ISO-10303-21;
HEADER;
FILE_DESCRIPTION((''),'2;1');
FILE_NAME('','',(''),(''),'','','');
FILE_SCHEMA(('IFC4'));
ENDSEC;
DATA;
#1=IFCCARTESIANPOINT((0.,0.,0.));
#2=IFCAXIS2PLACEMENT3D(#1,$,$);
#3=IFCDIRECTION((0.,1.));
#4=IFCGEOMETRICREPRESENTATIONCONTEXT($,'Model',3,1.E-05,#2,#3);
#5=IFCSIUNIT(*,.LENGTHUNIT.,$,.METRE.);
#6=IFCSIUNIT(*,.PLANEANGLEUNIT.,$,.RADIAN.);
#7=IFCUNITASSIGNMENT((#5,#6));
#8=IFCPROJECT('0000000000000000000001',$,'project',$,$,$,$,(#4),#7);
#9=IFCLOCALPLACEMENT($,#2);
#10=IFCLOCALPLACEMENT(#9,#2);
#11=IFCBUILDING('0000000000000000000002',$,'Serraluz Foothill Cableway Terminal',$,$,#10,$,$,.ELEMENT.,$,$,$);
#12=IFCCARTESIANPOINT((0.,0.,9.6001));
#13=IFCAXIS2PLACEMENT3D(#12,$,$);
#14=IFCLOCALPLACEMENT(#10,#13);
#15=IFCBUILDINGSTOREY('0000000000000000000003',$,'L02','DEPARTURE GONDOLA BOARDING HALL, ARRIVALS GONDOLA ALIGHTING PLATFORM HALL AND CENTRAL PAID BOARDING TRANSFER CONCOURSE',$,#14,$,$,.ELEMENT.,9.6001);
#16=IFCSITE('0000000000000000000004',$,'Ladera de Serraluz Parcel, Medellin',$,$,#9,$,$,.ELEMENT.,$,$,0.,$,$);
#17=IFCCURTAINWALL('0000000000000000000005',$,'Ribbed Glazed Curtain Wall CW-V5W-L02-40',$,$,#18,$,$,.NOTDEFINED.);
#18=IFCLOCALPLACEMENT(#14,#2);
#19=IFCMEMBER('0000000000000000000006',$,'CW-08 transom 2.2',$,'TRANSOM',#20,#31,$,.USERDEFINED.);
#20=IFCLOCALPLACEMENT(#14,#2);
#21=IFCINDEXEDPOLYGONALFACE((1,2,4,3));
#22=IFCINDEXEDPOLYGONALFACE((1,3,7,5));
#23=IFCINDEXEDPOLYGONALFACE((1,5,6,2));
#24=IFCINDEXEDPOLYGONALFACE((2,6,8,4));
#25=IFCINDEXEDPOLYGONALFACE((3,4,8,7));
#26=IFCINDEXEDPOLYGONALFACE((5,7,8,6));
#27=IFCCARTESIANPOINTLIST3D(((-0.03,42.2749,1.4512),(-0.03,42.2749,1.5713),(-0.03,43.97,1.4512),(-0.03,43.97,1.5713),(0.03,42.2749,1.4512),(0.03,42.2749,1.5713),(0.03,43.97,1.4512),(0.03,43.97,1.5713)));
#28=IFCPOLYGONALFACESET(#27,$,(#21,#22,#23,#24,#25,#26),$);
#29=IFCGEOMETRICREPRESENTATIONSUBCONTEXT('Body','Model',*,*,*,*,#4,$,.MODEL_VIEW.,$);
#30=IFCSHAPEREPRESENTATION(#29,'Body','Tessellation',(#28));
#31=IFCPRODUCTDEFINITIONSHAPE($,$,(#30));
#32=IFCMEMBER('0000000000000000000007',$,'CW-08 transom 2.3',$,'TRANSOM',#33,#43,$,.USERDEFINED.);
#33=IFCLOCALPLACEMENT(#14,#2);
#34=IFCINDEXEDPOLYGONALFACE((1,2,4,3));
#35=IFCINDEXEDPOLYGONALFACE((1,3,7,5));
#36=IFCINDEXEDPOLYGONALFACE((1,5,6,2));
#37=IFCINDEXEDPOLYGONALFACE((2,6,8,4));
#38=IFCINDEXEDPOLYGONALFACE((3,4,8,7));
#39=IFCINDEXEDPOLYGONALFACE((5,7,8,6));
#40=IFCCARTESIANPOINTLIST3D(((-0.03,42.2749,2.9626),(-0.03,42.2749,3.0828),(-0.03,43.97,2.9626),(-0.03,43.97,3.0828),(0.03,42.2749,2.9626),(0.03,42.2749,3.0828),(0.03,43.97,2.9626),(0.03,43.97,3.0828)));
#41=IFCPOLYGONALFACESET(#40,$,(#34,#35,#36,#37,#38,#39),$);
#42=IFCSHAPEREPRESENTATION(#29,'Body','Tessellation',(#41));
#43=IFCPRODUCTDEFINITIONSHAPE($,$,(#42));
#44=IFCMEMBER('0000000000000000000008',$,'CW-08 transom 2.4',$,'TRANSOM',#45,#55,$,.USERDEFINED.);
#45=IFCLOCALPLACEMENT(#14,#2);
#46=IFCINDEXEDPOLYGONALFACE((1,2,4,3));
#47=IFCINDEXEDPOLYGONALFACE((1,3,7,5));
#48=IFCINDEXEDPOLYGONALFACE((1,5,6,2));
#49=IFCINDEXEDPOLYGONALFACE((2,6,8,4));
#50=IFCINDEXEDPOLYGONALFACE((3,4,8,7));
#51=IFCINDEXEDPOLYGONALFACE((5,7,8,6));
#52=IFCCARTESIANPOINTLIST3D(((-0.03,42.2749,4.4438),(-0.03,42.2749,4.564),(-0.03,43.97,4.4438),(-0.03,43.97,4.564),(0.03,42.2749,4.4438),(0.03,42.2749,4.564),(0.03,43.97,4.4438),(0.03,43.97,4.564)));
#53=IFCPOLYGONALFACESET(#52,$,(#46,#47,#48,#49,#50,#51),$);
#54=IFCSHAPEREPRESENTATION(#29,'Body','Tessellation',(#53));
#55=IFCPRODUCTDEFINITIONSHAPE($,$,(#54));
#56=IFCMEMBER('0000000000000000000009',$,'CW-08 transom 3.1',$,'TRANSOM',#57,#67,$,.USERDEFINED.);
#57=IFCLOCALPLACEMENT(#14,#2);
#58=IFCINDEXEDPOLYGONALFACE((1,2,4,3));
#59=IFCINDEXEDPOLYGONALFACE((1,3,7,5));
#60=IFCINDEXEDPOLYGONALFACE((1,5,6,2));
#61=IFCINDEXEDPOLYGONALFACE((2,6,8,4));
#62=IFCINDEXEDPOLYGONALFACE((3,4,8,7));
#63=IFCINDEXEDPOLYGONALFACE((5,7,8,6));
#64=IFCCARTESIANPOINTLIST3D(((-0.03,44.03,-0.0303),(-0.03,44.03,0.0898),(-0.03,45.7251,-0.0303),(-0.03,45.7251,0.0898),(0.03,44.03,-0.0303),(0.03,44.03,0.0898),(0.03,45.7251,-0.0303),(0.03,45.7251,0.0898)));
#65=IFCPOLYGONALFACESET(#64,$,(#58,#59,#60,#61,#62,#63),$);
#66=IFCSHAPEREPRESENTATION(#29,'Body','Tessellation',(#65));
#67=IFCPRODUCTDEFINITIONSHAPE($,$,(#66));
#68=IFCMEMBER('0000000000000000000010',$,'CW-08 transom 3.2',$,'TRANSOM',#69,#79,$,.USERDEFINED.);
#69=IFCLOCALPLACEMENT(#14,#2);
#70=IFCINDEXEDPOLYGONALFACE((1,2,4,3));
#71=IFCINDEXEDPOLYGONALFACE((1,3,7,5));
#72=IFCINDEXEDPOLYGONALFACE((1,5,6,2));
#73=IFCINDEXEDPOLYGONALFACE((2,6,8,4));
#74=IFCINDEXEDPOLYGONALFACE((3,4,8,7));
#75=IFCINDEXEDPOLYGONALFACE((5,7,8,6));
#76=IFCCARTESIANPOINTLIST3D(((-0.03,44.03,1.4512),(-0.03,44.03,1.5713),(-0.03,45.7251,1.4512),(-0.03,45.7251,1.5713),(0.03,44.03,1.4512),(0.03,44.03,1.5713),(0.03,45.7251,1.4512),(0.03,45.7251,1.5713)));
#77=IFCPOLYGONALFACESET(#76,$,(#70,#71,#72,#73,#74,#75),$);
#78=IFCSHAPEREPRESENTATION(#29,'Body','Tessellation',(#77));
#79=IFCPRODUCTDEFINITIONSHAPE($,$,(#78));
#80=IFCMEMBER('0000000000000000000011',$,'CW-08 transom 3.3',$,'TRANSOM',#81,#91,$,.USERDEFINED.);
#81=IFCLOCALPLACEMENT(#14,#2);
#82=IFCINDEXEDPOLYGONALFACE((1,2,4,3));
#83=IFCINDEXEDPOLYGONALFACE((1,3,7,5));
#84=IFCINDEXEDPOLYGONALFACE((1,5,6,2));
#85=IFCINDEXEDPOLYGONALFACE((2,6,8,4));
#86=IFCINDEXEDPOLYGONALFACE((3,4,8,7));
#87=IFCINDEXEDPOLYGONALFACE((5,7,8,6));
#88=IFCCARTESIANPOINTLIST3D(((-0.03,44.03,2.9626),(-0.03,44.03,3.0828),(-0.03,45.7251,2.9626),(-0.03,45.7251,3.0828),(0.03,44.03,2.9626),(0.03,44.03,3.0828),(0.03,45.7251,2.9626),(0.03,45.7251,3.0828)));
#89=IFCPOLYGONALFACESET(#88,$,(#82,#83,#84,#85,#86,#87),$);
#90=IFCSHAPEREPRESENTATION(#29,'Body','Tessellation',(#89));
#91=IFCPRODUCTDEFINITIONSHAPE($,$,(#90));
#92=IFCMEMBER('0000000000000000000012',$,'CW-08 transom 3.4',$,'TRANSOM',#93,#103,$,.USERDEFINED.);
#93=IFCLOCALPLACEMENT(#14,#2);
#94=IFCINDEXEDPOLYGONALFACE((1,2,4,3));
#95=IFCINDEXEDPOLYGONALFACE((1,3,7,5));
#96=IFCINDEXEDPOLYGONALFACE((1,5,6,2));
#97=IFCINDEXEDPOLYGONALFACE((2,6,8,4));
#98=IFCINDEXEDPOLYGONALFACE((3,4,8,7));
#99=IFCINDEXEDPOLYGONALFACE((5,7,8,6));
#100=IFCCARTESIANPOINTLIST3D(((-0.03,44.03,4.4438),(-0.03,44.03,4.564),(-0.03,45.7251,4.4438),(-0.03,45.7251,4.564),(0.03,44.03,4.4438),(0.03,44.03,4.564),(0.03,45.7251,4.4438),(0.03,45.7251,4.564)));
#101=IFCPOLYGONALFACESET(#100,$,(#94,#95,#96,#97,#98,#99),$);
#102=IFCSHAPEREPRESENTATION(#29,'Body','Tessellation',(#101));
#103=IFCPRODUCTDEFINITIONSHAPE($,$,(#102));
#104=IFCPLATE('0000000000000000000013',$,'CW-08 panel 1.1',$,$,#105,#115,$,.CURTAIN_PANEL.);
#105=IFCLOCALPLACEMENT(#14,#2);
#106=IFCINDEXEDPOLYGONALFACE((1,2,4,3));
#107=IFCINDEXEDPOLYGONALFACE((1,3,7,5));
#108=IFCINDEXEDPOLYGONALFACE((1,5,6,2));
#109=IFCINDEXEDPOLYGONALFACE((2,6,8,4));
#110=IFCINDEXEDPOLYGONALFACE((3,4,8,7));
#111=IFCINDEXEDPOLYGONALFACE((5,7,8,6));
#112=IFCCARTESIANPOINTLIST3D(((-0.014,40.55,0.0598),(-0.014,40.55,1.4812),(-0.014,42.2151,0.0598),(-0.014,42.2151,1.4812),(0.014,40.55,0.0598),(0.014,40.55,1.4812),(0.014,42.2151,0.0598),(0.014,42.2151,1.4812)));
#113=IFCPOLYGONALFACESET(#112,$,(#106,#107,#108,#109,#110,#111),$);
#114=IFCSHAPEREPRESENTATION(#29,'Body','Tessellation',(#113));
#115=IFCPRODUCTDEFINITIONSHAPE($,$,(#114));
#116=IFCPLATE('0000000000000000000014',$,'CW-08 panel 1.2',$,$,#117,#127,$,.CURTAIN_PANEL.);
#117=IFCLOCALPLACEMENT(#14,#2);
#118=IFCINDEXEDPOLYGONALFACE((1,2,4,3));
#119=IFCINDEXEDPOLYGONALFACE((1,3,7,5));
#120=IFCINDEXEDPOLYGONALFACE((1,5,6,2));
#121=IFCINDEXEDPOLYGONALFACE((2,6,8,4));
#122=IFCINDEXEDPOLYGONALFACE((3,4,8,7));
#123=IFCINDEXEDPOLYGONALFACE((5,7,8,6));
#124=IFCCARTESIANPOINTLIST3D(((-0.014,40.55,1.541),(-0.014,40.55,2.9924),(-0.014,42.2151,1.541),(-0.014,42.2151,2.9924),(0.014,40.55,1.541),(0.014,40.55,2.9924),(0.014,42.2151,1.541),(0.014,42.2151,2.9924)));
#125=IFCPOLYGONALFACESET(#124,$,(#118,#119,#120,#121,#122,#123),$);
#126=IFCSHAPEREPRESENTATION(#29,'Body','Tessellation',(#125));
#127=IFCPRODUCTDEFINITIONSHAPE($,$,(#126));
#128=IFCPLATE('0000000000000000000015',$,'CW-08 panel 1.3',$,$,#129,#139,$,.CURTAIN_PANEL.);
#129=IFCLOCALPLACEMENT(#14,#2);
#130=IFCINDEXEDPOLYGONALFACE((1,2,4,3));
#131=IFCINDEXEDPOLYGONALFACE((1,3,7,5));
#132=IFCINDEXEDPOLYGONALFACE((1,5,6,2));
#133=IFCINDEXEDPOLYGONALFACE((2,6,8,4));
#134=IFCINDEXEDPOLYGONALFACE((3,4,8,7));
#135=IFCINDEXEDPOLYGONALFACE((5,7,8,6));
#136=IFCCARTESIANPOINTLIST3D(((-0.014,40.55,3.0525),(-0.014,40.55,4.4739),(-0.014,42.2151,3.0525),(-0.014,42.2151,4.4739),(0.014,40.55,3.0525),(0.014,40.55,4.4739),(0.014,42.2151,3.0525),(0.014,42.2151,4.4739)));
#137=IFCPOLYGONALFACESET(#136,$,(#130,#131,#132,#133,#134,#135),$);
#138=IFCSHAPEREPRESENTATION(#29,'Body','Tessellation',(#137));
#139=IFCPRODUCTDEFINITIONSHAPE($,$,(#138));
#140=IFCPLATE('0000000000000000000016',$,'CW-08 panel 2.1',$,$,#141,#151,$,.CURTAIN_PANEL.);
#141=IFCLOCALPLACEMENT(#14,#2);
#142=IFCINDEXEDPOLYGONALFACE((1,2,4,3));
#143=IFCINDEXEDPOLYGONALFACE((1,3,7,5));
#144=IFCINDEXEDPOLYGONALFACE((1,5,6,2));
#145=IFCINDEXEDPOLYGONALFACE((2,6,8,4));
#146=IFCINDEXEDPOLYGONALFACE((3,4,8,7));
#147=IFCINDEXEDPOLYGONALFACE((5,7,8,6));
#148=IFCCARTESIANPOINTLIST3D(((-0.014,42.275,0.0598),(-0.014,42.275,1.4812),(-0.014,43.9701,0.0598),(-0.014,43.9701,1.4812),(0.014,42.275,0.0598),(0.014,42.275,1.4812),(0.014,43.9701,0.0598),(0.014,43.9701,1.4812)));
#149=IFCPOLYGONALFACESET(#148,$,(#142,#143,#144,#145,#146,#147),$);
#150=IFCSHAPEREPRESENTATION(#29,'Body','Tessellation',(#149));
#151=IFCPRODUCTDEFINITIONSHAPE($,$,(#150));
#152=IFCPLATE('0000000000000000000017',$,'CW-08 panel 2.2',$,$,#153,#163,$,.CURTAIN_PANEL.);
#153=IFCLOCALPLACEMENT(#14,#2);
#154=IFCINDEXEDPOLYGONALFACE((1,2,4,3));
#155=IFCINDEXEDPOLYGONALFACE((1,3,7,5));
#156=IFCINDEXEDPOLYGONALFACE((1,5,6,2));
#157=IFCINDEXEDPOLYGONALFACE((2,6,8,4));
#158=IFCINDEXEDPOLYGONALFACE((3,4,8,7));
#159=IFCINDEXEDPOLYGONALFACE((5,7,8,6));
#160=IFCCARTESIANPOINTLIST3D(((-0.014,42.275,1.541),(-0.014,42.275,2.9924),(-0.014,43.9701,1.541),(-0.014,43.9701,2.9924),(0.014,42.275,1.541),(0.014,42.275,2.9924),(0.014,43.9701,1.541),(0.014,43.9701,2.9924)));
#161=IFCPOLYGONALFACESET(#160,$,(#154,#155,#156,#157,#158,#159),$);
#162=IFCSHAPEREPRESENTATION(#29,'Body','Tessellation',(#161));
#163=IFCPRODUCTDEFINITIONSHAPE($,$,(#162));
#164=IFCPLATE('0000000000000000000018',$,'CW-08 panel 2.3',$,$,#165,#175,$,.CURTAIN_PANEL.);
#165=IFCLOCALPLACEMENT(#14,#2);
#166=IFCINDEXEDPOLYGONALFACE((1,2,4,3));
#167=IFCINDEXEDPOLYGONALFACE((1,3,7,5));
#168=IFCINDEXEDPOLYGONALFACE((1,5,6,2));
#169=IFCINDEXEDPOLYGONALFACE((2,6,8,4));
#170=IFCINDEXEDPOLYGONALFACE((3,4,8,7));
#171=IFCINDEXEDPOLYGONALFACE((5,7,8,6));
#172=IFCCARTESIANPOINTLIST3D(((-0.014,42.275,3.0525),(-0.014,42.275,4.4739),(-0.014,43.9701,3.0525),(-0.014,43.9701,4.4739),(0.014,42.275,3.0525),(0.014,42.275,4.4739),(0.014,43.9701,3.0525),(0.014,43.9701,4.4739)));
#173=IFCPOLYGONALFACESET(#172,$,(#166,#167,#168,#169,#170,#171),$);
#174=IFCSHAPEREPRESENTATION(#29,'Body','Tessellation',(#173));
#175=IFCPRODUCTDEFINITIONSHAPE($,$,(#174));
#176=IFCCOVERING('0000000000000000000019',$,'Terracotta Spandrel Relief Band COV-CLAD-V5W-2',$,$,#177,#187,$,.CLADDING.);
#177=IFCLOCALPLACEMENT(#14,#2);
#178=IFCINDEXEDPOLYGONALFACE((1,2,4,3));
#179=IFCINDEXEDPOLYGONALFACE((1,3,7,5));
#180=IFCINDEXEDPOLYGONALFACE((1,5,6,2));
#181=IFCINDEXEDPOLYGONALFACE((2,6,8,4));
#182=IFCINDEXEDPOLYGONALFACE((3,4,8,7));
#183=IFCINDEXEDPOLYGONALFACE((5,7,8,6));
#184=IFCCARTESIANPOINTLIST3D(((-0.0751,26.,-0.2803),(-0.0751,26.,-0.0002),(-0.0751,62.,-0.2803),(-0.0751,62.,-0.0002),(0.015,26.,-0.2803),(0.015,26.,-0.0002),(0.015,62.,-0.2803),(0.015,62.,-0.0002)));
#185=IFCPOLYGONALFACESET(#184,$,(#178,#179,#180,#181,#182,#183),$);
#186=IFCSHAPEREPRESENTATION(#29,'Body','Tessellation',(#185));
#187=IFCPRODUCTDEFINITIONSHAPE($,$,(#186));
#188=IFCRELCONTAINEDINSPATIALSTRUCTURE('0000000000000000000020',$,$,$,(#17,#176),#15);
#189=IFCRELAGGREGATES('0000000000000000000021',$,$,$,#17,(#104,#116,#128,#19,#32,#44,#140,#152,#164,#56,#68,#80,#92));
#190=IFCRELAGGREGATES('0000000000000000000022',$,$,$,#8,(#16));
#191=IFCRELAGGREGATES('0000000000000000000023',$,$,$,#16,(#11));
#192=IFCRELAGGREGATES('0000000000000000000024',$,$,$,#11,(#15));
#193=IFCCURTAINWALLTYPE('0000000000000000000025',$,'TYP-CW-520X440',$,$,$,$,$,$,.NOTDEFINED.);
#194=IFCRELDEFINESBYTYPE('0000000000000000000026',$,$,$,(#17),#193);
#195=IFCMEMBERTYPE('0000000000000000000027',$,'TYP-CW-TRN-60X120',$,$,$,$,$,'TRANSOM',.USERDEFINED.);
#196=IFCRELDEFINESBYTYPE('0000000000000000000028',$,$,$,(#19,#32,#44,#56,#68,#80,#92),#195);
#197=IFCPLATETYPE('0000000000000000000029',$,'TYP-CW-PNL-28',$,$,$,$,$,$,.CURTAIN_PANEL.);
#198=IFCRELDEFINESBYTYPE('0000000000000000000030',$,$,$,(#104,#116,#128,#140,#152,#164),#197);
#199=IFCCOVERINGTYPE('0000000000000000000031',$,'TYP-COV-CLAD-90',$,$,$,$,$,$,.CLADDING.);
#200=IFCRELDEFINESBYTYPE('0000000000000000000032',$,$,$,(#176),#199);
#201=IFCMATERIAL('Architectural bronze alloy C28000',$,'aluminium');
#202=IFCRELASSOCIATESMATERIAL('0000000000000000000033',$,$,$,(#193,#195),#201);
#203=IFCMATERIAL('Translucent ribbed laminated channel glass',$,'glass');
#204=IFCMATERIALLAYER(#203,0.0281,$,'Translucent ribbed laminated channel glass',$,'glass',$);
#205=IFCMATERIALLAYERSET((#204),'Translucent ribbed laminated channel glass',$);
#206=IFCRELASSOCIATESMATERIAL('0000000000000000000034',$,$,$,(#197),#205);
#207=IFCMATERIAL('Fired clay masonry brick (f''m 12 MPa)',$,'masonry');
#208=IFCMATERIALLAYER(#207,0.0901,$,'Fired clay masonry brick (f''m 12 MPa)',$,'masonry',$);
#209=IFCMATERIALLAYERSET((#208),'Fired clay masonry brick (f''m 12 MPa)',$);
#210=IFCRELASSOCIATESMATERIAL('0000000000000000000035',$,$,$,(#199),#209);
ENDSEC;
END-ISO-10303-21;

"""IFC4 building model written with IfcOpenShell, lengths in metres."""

from ifc_helpers import new_model, si_unit, direction, frame, origin, origin_2d, place, context, subcontext, project, spatial, rectangle, extrude, material, layer, layer_set, material_profile, profile_set, type_object, element, aggregate, save


model = new_model("IFC4")

# Units and contexts
model_context = context("Model", 3, precision=1e-05, world=origin(), true_north=direction((0.0, 1.0)))
body_context = subcontext(model_context, "Body", "Model", "MODEL_VIEW")
ifc_project = project(units=[si_unit("LENGTHUNIT", "METRE"), si_unit("PLANEANGLEUNIT", "RADIAN")], contexts=[model_context])

# Site, building, storey
site_placement = place(None, origin())
site = spatial("IfcSite", under=ifc_project, at=site_placement, Name="Ladera de Serraluz Parcel, Medellin", CompositionType="ELEMENT", RefElevation=0.0)
building_placement = place(site_placement, origin())
building = spatial("IfcBuilding", under=site, at=building_placement, Name="Serraluz Foothill Cableway Terminal", CompositionType="ELEMENT")
storey_placement = place(building_placement, frame((0.0, 0.0, 9.6001)))
storey = spatial("IfcBuildingStorey", under=building, at=storey_placement, Name="L02", Description="DEPARTURE GONDOLA BOARDING HALL, ARRIVALS GONDOLA ALIGHTING PLATFORM HALL AND CENTRAL PAID BOARDING TRANSFER CONCOURSE", CompositionType="ELEMENT", Elevation=9.6001)

# Shared definitions
ifc_material_1 = material(Name="Fired clay masonry brick (f'm 12 MPa)", Category="masonry")

# Curtain wall, members, plates
ifc_material_2 = material(Name="Architectural bronze alloy C28000", Category="aluminium")
curtain_wall_type = type_object("IfcCurtainWallType", Name="TYP-CW-520X440", PredefinedType="NOTDEFINED", material=ifc_material_2)
curtain_wall_placement = place(storey_placement, origin())
curtain_wall = element("IfcCurtainWall", 1, at=curtain_wall_placement, inside=storey, type_object=curtain_wall_type, Name="Ribbed Glazed Curtain Wall CW-V5W-L02-40", PredefinedType="NOTDEFINED")
ifc_material_profile_1 = material_profile(ifc_material_2, rectangle(XDim=0.0601, YDim=0.1201, at=origin_2d()), Name="ALU TRANSOM 60x120")
ifc_profile_set_1 = profile_set([ifc_material_profile_1], Name="Architectural bronze alloy C28000")
member_type_1 = type_object("IfcMemberType", Name="TYP-CW-TRN-60X120", ElementType="TRANSOM", PredefinedType="USERDEFINED", material=ifc_profile_set_1)
member_1_placement = place(storey_placement, frame((0.0, 42.2749, 1.5112), z_axis=(0.0, 1.0, 0.0), x_axis=(-1.0, 0.0, 0.0)))
member_1 = element("IfcMember", 2, at=member_1_placement, type_object=member_type_1, Name="CW-08 transom 2.2", ObjectType="TRANSOM", PredefinedType="USERDEFINED", context=body_context, shape_type="SweptSolid", body=[
    extrude(rectangle(XDim=0.0601, YDim=0.1201, at=origin_2d()), origin(), (0.0, 0.0, 1.0), 1.6951),
])
member_2_placement = place(storey_placement, frame((0.0, 42.2749, 3.0227), z_axis=(0.0, 1.0, 0.0), x_axis=(-1.0, 0.0, 0.0)))
member_2 = element("IfcMember", 3, at=member_2_placement, type_object=member_type_1, Name="CW-08 transom 2.3", ObjectType="TRANSOM", PredefinedType="USERDEFINED", context=body_context, shape_type="SweptSolid", body=[
    extrude(rectangle(XDim=0.0601, YDim=0.1201, at=origin_2d()), origin(), (0.0, 0.0, 1.0), 1.6951),
])
member_3_placement = place(storey_placement, frame((0.0, 42.2749, 4.5039), z_axis=(0.0, 1.0, 0.0), x_axis=(-1.0, 0.0, 0.0)))
member_3 = element("IfcMember", 4, at=member_3_placement, type_object=member_type_1, Name="CW-08 transom 2.4", ObjectType="TRANSOM", PredefinedType="USERDEFINED", context=body_context, shape_type="SweptSolid", body=[
    extrude(rectangle(XDim=0.0601, YDim=0.1201, at=origin_2d()), origin(), (0.0, 0.0, 1.0), 1.6951),
])
member_4_placement = place(storey_placement, frame((0.0, 44.03, 0.0298), z_axis=(0.0, 1.0, 0.0), x_axis=(-1.0, 0.0, 0.0)))
member_4 = element("IfcMember", 5, at=member_4_placement, type_object=member_type_1, Name="CW-08 transom 3.1", ObjectType="TRANSOM", PredefinedType="USERDEFINED", context=body_context, shape_type="SweptSolid", body=[
    extrude(rectangle(XDim=0.0601, YDim=0.1201, at=origin_2d()), origin(), (0.0, 0.0, 1.0), 1.6951),
])
member_5_placement = place(storey_placement, frame((0.0, 44.03, 1.5112), z_axis=(0.0, 1.0, 0.0), x_axis=(-1.0, 0.0, 0.0)))
member_5 = element("IfcMember", 6, at=member_5_placement, type_object=member_type_1, Name="CW-08 transom 3.2", ObjectType="TRANSOM", PredefinedType="USERDEFINED", context=body_context, shape_type="SweptSolid", body=[
    extrude(rectangle(XDim=0.0601, YDim=0.1201, at=origin_2d()), origin(), (0.0, 0.0, 1.0), 1.6951),
])
member_6_placement = place(storey_placement, frame((0.0, 44.03, 3.0227), z_axis=(0.0, 1.0, 0.0), x_axis=(-1.0, 0.0, 0.0)))
member_6 = element("IfcMember", 7, at=member_6_placement, type_object=member_type_1, Name="CW-08 transom 3.3", ObjectType="TRANSOM", PredefinedType="USERDEFINED", context=body_context, shape_type="SweptSolid", body=[
    extrude(rectangle(XDim=0.0601, YDim=0.1201, at=origin_2d()), origin(), (0.0, 0.0, 1.0), 1.6951),
])
member_7_placement = place(storey_placement, frame((0.0, 44.03, 4.5039), z_axis=(0.0, 1.0, 0.0), x_axis=(-1.0, 0.0, 0.0)))
member_7 = element("IfcMember", 8, at=member_7_placement, type_object=member_type_1, Name="CW-08 transom 3.4", ObjectType="TRANSOM", PredefinedType="USERDEFINED", context=body_context, shape_type="SweptSolid", body=[
    extrude(rectangle(XDim=0.0601, YDim=0.1201, at=origin_2d()), origin(), (0.0, 0.0, 1.0), 1.6951),
])
ifc_material_3 = material(Name="Translucent ribbed laminated channel glass", Category="glass")
ifc_layer_1 = layer(ifc_material_3, 0.0281, Name="Translucent ribbed laminated channel glass", Category="glass")
ifc_layer_set_1 = layer_set([ifc_layer_1], Name="Translucent ribbed laminated channel glass")
plate_type = type_object("IfcPlateType", Name="TYP-CW-PNL-28", PredefinedType="CURTAIN_PANEL", material=ifc_layer_set_1)
plate_1_placement = place(storey_placement, frame((0.0, 41.3826, 0.0598), z_axis=(0.0, 0.0, 1.0), x_axis=(0.0, 1.0, 0.0)))
plate_1 = element("IfcPlate", 9, at=plate_1_placement, type_object=plate_type, Name="CW-08 panel 1.1", PredefinedType="CURTAIN_PANEL", context=body_context, shape_type="SweptSolid", body=[
    extrude(rectangle(XDim=1.665, YDim=0.0281, at=origin_2d()), origin(), (0.0, 0.0, 1.0), 1.4214),
])
plate_2_placement = place(storey_placement, frame((0.0, 41.3826, 1.541), z_axis=(0.0, 0.0, 1.0), x_axis=(0.0, 1.0, 0.0)))
plate_2 = element("IfcPlate", 10, at=plate_2_placement, type_object=plate_type, Name="CW-08 panel 1.2", PredefinedType="CURTAIN_PANEL", context=body_context, shape_type="SweptSolid", body=[
    extrude(rectangle(XDim=1.665, YDim=0.0281, at=origin_2d()), origin(), (0.0, 0.0, 1.0), 1.4514),
])
plate_3_placement = place(storey_placement, frame((0.0, 41.3826, 3.0525), z_axis=(0.0, 0.0, 1.0), x_axis=(0.0, 1.0, 0.0)))
plate_3 = element("IfcPlate", 11, at=plate_3_placement, type_object=plate_type, Name="CW-08 panel 1.3", PredefinedType="CURTAIN_PANEL", context=body_context, shape_type="SweptSolid", body=[
    extrude(rectangle(XDim=1.665, YDim=0.0281, at=origin_2d()), origin(), (0.0, 0.0, 1.0), 1.4214),
])
plate_4_placement = place(storey_placement, frame((0.0, 43.1226, 0.0598), z_axis=(0.0, 0.0, 1.0), x_axis=(0.0, 1.0, 0.0)))
plate_4 = element("IfcPlate", 12, at=plate_4_placement, type_object=plate_type, Name="CW-08 panel 2.1", PredefinedType="CURTAIN_PANEL", context=body_context, shape_type="SweptSolid", body=[
    extrude(rectangle(XDim=1.6951, YDim=0.0281, at=origin_2d()), origin(), (0.0, 0.0, 1.0), 1.4214),
])
plate_5_placement = place(storey_placement, frame((0.0, 43.1226, 1.541), z_axis=(0.0, 0.0, 1.0), x_axis=(0.0, 1.0, 0.0)))
plate_5 = element("IfcPlate", 13, at=plate_5_placement, type_object=plate_type, Name="CW-08 panel 2.2", PredefinedType="CURTAIN_PANEL", context=body_context, shape_type="SweptSolid", body=[
    extrude(rectangle(XDim=1.6951, YDim=0.0281, at=origin_2d()), origin(), (0.0, 0.0, 1.0), 1.4514),
])
plate_6_placement = place(storey_placement, frame((0.0, 43.1226, 3.0525), z_axis=(0.0, 0.0, 1.0), x_axis=(0.0, 1.0, 0.0)))
plate_6 = element("IfcPlate", 14, at=plate_6_placement, type_object=plate_type, Name="CW-08 panel 2.3", PredefinedType="CURTAIN_PANEL", context=body_context, shape_type="SweptSolid", body=[
    extrude(rectangle(XDim=1.6951, YDim=0.0281, at=origin_2d()), origin(), (0.0, 0.0, 1.0), 1.4214),
])
aggregate(curtain_wall, [plate_1, plate_2, plate_3, member_1, member_2, member_3, plate_4, plate_5, plate_6, member_4, member_5, member_6, member_7])

# Covering
ifc_layer_2 = layer(ifc_material_1, 0.0901, Name="Fired clay masonry brick (f'm 12 MPa)", Category="masonry")
ifc_layer_set_2 = layer_set([ifc_layer_2], Name="Fired clay masonry brick (f'm 12 MPa)")
covering_type = type_object("IfcCoveringType", Name="TYP-COV-CLAD-90", PredefinedType="CLADDING", material=ifc_layer_set_2)
covering_placement = place(storey_placement, frame((-0.03, 44.0, -0.2803), z_axis=(0.0, 0.0, 1.0), x_axis=(0.0, 1.0, 0.0)))
element("IfcCovering", 15, at=covering_placement, inside=storey, type_object=covering_type, Name="Terracotta Spandrel Relief Band COV-CLAD-V5W-2", PredefinedType="CLADDING", context=body_context, shape_type="SweptSolid", body=[
    extrude(rectangle(XDim=36.0, YDim=0.0901, at=origin_2d()), origin(), (0.0, 0.0, 1.0), 0.28),
])

save(model, "model.ifc")
